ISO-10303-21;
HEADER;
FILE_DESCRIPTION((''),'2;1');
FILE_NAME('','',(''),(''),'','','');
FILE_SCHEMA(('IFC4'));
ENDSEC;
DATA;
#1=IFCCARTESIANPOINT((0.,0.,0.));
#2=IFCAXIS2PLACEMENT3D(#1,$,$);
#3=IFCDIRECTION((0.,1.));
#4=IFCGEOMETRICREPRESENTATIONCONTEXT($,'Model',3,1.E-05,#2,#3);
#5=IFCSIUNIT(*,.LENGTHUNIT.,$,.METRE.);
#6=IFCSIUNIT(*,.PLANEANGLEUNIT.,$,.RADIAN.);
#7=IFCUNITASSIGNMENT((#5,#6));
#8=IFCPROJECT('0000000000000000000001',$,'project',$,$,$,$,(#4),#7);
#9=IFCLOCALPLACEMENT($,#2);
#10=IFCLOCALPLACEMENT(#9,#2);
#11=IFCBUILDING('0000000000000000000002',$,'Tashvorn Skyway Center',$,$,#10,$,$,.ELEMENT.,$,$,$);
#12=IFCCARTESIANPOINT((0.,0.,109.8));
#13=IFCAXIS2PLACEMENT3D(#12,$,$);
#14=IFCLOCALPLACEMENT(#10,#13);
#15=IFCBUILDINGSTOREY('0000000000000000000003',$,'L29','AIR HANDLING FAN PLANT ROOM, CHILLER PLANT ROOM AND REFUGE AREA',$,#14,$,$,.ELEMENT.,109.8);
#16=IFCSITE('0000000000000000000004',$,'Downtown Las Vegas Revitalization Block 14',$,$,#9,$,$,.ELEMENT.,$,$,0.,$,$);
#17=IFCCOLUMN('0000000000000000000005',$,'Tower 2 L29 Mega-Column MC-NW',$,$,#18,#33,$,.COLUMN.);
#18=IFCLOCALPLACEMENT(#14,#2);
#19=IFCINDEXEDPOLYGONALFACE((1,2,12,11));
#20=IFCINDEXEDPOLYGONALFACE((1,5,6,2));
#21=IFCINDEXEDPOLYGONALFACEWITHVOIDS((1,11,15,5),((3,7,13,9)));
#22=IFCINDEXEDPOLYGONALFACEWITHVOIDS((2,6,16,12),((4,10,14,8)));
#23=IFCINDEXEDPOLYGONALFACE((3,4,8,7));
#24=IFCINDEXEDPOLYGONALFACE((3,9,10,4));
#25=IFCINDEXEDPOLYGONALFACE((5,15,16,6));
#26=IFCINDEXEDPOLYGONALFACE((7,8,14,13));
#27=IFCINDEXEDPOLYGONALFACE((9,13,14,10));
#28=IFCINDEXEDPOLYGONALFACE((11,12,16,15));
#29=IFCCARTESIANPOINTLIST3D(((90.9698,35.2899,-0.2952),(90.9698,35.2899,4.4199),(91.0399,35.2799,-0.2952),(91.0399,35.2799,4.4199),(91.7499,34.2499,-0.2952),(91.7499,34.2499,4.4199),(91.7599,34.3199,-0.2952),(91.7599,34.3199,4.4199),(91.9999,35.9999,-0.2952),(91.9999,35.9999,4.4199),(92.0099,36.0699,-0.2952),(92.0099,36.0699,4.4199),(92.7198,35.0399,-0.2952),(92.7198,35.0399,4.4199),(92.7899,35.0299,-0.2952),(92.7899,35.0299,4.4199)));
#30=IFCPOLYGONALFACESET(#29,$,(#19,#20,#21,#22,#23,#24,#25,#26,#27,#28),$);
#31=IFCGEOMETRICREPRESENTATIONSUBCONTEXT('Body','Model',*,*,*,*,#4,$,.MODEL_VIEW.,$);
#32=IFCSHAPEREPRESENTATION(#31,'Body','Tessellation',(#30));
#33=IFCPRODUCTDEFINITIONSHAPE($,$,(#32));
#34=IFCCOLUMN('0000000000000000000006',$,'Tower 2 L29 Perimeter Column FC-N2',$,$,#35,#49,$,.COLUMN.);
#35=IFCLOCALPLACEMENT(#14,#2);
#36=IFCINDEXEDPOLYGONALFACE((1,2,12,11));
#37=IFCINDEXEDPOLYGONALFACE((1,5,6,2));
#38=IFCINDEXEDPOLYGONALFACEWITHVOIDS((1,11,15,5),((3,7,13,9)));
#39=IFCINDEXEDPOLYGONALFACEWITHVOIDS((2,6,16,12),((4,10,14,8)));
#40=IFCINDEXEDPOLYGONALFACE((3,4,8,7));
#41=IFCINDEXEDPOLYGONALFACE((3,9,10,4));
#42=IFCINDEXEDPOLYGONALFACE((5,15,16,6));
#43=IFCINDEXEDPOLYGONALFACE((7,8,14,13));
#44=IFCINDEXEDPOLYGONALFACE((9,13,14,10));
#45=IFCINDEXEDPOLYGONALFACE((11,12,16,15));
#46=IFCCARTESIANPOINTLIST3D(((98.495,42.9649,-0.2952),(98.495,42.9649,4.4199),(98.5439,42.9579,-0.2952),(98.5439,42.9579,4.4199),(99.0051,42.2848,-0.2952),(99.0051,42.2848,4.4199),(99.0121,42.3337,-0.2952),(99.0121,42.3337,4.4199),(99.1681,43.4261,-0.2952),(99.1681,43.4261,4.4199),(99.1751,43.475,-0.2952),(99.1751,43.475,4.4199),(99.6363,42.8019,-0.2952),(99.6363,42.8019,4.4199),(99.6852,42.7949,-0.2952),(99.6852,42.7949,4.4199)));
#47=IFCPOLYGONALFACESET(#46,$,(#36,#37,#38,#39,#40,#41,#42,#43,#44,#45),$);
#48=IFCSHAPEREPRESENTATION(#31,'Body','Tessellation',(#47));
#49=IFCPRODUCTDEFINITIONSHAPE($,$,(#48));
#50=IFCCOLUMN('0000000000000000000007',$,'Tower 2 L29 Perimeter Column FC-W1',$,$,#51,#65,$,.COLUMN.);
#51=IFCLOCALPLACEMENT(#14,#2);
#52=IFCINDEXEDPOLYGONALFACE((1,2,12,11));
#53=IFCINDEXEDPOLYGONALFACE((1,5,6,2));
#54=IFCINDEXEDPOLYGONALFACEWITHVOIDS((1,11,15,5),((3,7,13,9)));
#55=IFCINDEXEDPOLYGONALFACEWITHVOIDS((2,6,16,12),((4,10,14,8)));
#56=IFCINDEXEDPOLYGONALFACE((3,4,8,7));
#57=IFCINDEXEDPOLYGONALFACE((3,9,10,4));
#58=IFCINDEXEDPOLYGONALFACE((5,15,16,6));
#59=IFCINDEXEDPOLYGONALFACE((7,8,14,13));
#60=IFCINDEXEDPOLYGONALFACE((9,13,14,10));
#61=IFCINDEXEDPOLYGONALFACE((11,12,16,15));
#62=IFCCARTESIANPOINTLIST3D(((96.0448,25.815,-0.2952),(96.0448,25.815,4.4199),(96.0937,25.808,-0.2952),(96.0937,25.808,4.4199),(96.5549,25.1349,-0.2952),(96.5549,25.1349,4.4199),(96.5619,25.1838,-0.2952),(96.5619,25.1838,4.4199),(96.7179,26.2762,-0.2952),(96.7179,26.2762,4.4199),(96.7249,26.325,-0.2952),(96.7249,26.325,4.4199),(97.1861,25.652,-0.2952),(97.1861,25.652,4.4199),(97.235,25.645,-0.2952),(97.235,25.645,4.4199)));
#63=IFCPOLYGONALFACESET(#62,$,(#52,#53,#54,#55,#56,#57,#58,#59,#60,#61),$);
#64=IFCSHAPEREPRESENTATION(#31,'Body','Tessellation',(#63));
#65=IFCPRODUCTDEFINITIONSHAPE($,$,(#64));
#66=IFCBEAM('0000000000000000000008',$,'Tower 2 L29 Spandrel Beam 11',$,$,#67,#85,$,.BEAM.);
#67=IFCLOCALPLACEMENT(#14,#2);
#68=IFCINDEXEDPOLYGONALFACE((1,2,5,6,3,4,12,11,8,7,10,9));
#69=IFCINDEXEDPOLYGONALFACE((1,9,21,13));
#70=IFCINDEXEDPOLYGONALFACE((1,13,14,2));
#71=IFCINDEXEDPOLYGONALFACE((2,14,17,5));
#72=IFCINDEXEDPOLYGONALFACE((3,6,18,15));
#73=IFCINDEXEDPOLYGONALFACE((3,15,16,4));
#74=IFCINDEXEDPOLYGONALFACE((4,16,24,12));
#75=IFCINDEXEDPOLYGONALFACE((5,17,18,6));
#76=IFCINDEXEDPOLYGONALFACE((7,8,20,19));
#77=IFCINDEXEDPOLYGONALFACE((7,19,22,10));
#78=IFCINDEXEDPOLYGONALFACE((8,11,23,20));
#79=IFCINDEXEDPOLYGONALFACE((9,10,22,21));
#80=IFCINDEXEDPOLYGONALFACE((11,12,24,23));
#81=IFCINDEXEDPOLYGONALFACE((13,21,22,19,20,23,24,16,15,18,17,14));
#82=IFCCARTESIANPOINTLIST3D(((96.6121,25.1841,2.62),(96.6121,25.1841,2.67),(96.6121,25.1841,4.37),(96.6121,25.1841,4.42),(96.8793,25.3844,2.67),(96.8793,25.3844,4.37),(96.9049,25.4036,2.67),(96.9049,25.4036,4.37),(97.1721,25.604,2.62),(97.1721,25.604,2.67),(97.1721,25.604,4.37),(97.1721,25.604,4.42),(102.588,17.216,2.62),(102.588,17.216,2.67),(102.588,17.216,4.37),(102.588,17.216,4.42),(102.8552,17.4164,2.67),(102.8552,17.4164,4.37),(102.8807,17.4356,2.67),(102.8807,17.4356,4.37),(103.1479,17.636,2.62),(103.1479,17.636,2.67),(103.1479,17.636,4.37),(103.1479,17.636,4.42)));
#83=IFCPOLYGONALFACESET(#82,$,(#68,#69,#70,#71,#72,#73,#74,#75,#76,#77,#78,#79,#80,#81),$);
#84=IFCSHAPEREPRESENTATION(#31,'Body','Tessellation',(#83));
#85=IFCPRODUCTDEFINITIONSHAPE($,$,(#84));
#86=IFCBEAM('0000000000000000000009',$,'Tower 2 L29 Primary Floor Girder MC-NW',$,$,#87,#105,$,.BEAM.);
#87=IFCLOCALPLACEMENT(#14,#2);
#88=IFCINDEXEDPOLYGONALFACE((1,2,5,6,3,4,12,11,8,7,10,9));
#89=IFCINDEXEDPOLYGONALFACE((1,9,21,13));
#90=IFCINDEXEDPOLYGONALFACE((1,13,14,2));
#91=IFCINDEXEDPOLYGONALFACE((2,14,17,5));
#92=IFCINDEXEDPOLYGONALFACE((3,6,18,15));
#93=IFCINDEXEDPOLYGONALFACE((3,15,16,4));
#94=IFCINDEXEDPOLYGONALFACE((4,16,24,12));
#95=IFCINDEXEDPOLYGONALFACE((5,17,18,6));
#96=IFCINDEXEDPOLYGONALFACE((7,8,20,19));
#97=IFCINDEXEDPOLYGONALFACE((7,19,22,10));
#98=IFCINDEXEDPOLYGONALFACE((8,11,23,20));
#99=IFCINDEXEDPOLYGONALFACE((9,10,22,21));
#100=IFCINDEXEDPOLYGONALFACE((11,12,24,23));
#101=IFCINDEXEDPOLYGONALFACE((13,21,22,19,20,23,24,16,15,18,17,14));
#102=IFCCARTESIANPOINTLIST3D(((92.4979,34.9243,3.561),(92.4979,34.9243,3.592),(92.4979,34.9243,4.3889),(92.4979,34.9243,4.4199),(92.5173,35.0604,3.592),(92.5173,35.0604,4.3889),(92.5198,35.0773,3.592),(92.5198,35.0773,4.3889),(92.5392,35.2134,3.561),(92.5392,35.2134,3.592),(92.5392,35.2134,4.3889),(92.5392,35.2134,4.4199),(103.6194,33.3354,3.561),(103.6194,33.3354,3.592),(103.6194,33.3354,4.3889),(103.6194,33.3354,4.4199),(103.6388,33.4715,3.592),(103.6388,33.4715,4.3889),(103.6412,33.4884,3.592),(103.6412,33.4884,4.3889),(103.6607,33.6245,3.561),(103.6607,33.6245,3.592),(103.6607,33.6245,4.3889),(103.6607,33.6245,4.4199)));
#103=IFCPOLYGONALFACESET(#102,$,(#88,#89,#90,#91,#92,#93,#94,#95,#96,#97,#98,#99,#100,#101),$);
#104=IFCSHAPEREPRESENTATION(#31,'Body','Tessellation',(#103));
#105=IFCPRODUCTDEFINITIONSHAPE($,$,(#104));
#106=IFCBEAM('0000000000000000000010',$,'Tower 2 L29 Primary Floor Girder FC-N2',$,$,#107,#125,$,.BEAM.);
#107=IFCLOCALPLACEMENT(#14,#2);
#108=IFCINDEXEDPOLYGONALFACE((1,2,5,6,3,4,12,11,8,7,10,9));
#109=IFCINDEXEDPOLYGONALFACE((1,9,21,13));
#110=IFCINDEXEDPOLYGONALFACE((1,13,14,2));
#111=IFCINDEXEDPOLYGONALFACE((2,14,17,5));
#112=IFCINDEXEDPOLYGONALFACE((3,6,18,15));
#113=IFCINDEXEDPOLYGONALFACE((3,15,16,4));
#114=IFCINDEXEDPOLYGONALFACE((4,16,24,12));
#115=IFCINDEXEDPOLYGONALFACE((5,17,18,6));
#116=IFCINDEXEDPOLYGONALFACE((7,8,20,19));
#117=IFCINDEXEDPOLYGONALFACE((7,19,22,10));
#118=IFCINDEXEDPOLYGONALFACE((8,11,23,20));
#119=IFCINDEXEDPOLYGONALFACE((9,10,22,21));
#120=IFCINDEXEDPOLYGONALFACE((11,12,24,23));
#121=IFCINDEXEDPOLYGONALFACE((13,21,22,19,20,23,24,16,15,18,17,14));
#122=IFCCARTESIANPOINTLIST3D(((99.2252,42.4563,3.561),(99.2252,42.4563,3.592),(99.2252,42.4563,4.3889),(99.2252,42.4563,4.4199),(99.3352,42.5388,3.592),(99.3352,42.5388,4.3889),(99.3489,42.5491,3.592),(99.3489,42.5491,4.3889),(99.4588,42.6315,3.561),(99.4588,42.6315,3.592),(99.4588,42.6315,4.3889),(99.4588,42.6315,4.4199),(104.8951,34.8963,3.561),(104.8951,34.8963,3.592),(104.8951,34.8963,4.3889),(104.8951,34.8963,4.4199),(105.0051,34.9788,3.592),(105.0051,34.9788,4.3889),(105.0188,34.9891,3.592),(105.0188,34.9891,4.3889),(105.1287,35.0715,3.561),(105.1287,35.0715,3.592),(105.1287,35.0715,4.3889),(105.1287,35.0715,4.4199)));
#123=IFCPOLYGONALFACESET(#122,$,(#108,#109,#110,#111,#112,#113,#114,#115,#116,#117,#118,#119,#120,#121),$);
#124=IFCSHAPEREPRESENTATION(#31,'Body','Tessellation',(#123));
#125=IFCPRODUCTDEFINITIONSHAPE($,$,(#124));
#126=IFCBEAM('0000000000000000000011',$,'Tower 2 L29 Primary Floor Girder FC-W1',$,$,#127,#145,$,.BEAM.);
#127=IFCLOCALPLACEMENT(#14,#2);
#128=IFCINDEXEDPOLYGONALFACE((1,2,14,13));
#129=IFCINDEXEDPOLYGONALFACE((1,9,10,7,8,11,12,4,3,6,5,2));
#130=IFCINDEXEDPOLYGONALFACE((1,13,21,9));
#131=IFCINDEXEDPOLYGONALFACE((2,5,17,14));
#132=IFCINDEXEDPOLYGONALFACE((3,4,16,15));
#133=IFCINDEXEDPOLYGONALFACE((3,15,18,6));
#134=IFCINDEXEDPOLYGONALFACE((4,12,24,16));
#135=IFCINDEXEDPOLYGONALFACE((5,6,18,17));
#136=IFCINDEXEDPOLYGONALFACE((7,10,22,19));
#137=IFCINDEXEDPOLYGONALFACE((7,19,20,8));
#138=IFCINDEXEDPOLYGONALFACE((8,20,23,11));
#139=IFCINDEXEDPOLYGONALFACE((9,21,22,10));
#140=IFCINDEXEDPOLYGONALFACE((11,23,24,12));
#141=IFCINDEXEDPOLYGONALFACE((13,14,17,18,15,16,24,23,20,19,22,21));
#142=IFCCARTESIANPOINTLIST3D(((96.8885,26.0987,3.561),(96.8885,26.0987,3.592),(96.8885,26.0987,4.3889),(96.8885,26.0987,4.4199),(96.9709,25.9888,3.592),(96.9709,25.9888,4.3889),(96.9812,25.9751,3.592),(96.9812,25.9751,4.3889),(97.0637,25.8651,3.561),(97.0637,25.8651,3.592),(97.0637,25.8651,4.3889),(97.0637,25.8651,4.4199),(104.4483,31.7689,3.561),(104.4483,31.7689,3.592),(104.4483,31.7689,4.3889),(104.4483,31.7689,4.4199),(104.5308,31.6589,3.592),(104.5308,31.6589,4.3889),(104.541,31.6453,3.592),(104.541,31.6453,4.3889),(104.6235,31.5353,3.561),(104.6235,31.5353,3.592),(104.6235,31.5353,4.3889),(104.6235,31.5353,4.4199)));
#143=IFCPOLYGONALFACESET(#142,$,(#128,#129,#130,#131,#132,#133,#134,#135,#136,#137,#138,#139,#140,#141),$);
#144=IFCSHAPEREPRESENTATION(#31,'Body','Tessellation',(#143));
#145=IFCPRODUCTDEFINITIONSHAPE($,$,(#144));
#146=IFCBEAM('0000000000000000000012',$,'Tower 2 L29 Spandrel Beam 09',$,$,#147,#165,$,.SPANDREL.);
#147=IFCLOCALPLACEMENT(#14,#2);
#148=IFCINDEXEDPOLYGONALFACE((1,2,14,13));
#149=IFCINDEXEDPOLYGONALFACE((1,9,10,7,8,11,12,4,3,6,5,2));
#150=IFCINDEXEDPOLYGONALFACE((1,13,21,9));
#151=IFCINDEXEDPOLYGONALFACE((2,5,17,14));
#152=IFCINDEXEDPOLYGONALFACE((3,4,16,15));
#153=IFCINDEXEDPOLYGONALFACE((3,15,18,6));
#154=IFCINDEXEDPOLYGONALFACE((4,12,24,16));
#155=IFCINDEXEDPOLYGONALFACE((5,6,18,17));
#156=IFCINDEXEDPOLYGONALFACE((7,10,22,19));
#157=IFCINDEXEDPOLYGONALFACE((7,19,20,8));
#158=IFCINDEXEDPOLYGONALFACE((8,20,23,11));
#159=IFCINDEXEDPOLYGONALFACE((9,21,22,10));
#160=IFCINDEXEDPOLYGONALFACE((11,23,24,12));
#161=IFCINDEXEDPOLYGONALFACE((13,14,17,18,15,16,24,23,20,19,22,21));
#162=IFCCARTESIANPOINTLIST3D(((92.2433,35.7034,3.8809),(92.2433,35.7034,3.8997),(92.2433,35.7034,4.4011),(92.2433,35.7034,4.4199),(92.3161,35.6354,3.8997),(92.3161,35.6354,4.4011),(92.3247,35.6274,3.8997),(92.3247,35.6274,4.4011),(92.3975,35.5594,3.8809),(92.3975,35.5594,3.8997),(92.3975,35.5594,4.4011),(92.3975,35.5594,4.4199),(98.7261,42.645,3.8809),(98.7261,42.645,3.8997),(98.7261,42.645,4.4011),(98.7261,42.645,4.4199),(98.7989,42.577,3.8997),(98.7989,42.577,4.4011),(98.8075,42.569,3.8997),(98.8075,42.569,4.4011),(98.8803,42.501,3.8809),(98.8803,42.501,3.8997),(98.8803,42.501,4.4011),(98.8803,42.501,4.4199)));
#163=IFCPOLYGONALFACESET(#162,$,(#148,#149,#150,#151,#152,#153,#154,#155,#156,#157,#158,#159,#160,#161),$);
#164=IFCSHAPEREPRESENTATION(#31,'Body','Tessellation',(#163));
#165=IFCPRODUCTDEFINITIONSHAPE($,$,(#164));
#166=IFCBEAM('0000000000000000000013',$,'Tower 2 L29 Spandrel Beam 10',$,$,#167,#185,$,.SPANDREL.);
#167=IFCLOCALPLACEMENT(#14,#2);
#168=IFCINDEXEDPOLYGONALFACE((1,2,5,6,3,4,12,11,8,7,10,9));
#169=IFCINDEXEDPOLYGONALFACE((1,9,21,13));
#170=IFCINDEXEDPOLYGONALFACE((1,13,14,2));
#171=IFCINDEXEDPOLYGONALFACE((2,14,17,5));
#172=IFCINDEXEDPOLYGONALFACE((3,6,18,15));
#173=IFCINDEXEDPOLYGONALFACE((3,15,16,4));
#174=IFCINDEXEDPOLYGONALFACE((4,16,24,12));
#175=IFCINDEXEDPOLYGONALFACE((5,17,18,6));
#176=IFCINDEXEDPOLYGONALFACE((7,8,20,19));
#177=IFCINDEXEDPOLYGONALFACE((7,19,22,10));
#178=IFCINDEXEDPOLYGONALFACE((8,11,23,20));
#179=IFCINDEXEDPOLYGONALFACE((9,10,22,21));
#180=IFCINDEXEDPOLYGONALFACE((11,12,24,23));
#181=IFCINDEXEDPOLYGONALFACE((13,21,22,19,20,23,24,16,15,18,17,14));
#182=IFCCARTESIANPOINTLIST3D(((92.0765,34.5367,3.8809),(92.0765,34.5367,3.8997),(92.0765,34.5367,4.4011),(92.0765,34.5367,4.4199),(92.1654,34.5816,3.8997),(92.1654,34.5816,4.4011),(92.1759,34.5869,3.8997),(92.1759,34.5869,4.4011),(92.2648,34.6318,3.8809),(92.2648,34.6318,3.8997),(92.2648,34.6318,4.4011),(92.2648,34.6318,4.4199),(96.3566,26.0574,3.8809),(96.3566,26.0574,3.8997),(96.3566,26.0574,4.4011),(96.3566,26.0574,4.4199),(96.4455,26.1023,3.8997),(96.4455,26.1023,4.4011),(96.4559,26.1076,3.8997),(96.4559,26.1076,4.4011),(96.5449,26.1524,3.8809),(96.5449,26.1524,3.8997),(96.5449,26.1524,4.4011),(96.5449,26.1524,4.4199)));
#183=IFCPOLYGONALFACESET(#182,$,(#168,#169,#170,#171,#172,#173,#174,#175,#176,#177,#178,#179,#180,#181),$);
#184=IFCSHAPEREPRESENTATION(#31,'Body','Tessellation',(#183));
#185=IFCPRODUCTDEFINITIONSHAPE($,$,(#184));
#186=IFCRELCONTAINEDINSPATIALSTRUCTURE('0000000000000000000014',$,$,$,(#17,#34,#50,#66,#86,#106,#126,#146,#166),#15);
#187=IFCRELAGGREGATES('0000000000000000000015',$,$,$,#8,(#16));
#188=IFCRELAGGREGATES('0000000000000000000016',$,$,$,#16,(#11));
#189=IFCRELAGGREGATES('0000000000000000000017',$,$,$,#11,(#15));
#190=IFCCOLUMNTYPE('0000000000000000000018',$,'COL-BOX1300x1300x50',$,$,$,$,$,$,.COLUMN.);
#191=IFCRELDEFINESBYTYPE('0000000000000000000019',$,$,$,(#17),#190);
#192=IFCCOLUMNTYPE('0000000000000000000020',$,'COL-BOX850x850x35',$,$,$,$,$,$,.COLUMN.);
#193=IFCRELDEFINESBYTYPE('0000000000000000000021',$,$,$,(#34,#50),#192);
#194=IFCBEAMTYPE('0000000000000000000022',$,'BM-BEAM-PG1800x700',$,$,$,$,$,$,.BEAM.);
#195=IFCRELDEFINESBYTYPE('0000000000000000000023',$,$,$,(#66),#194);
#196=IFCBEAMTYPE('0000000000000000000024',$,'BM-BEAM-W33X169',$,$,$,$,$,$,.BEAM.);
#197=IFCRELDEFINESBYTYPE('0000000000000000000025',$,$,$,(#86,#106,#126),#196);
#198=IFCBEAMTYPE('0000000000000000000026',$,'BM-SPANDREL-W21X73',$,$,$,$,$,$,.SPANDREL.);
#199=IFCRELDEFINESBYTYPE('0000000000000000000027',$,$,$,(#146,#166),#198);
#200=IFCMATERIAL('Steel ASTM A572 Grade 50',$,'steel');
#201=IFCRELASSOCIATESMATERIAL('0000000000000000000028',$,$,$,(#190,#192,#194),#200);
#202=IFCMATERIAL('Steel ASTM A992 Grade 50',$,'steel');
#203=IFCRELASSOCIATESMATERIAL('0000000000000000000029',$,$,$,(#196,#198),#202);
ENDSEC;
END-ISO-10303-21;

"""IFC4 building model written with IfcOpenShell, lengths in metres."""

from ifc_helpers import new_model, si_unit, direction, frame, origin, origin_2d, place, context, subcontext, project, spatial, hollow_rectangle, i_section, extrude, material, material_profile, profile_set, type_object, element, save


model = new_model("IFC4")

# Units and contexts
model_context = context("Model", 3, precision=1e-05, world=origin(), true_north=direction((0.0, 1.0)))
body_context = subcontext(model_context, "Body", "Model", "MODEL_VIEW")
ifc_project = project(units=[si_unit("LENGTHUNIT", "METRE"), si_unit("PLANEANGLEUNIT", "RADIAN")], contexts=[model_context])

# Site, building, storey
site_placement = place(None, origin())
site = spatial("IfcSite", under=ifc_project, at=site_placement, Name="Downtown Las Vegas Revitalization Block 14", CompositionType="ELEMENT", RefElevation=0.0)
building_placement = place(site_placement, origin())
building = spatial("IfcBuilding", under=site, at=building_placement, Name="Tashvorn Skyway Center", CompositionType="ELEMENT")
storey_placement = place(building_placement, frame((0.0, 0.0, 109.8)))
storey = spatial("IfcBuildingStorey", under=building, at=storey_placement, Name="L29", Description="AIR HANDLING FAN PLANT ROOM, CHILLER PLANT ROOM AND REFUGE AREA", CompositionType="ELEMENT", Elevation=109.8)

# Columns
ifc_material_1 = material(Name="Steel ASTM A572 Grade 50", Category="steel")
ifc_material_profile_1 = material_profile(ifc_material_1, hollow_rectangle(XDim=1.3, YDim=1.3, WallThickness=0.05, at=origin_2d()), Name="BOX1300x1300x50")
ifc_profile_set_1 = profile_set([ifc_material_profile_1], Name="Steel ASTM A572 Grade 50")
column_type_1 = type_object("IfcColumnType", Name="COL-BOX1300x1300x50", PredefinedType="COLUMN", material=ifc_profile_set_1)
column_placement = place(storey_placement, frame((91.8799, 35.1599, -0.2952), z_axis=(0.0, 0.0, 1.0), x_axis=(0.8, 0.6, 0.0)))
element("IfcColumn", 1, at=column_placement, inside=storey, type_object=column_type_1, Name="Tower 2 L29 Mega-Column MC-NW", PredefinedType="COLUMN", context=body_context, shape_type="SweptSolid", body=[
    extrude(hollow_rectangle(XDim=1.3, YDim=1.3, WallThickness=0.05, at=origin_2d()), origin(), (0.0, 0.0, 1.0), 4.7151),
])
ifc_material_profile_2 = material_profile(ifc_material_1, hollow_rectangle(XDim=0.8501, YDim=0.8501, WallThickness=0.0349, at=origin_2d()), Name="BOX850x850x35")
ifc_profile_set_2 = profile_set([ifc_material_profile_2], Name="Steel ASTM A572 Grade 50")
column_type_2 = type_object("IfcColumnType", Name="COL-BOX850x850x35", PredefinedType="COLUMN", material=ifc_profile_set_2)
for number, where, z_axis, x_axis, name in (
    (2, (99.0901, 42.8799, -0.2952), (0.0, 0.0, 1.0), (0.8, 0.6, 0.0), "Tower 2 L29 Perimeter Column FC-N2"),
    (3, (96.6399, 25.73, -0.2952), (0.0, 0.0, 1.0), (0.8, 0.6, 0.0), "Tower 2 L29 Perimeter Column FC-W1"),
):
    element("IfcColumn", number, at=place(storey_placement, frame(where, z_axis=z_axis, x_axis=x_axis)), inside=storey, type_object=column_type_2, Name=name, PredefinedType="COLUMN", context=body_context, shape_type="SweptSolid", body=[
        extrude(hollow_rectangle(XDim=0.8501, YDim=0.8501, WallThickness=0.0349, at=origin_2d()), origin(), (0.0, 0.0, 1.0), 4.7151),
    ])

# Beams
ifc_material_profile_3 = material_profile(ifc_material_1, i_section(OverallWidth=0.7, OverallDepth=1.8, WebThickness=0.032, FlangeThickness=0.05, at=origin_2d()), Name="PG1800x700")
ifc_profile_set_3 = profile_set([ifc_material_profile_3], Name="Steel ASTM A572 Grade 50")
beam_type_1 = type_object("IfcBeamType", Name="BM-BEAM-PG1800x700", PredefinedType="BEAM", material=ifc_profile_set_3)
beam_1_placement = place(storey_placement, frame((96.8921, 25.394, 3.52), z_axis=(0.599988, -0.800009, 0.0), x_axis=(0.800009, 0.599988, 0.0)))
element("IfcBeam", 4, at=beam_1_placement, inside=storey, type_object=beam_type_1, Name="Tower 2 L29 Spandrel Beam 11", PredefinedType="BEAM", context=body_context, shape_type="SweptSolid", body=[
    extrude(i_section(OverallWidth=0.7, OverallDepth=1.8, WebThickness=0.032, FlangeThickness=0.05, at=origin_2d()), origin(), (0.0, 0.0, 1.0), 9.96),
])
ifc_material_2 = material(Name="Steel ASTM A992 Grade 50", Category="steel")
ifc_material_profile_4 = material_profile(ifc_material_2, i_section(OverallWidth=0.292, OverallDepth=0.8589, WebThickness=0.0171, FlangeThickness=0.031, at=origin_2d()), Name="W33X169")
ifc_profile_set_4 = profile_set([ifc_material_profile_4], Name="Steel ASTM A992 Grade 50")
beam_type_2 = type_object("IfcBeamType", Name="BM-BEAM-W33X169", PredefinedType="BEAM", material=ifc_profile_set_4)
beam_2_placement = place(storey_placement, frame((92.5186, 35.0688, 3.9905), z_axis=(0.989948, -0.14143, 0.0), x_axis=(0.14143, 0.989948, 0.0)))
element("IfcBeam", 5, at=beam_2_placement, inside=storey, type_object=beam_type_2, Name="Tower 2 L29 Primary Floor Girder MC-NW", PredefinedType="BEAM", context=body_context, shape_type="SweptSolid", body=[
    extrude(i_section(OverallWidth=0.292, OverallDepth=0.8589, WebThickness=0.0171, FlangeThickness=0.031, at=origin_2d()), origin(), (0.0, 0.0, 1.0), 11.2344),
])
for number, where, z_axis, x_axis, name in (
    (6, (99.342, 42.5439, 3.9905), (0.599992, -0.800006, 0.0), (0.800006, 0.599992, 0.0), "Tower 2 L29 Primary Floor Girder FC-N2"),
    (7, (96.9761, 25.9819, 3.9905), (0.799984, 0.600021, 0.0), (-0.600021, 0.799984, 0.0), "Tower 2 L29 Primary Floor Girder FC-W1"),
):
    element("IfcBeam", number, at=place(storey_placement, frame(where, z_axis=z_axis, x_axis=x_axis)), inside=storey, type_object=beam_type_2, Name=name, PredefinedType="BEAM", context=body_context, shape_type="SweptSolid", body=[
        extrude(i_section(OverallWidth=0.292, OverallDepth=0.8589, WebThickness=0.0171, FlangeThickness=0.031, at=origin_2d()), origin(), (0.0, 0.0, 1.0), 9.45),
    ])
ifc_material_profile_5 = material_profile(ifc_material_2, i_section(OverallWidth=0.2109, OverallDepth=0.5391, WebThickness=0.0117, FlangeThickness=0.0188, at=origin_2d()), Name="W21X73")
ifc_profile_set_5 = profile_set([ifc_material_profile_5], Name="Steel ASTM A992 Grade 50")
beam_type_3 = type_object("IfcBeamType", Name="BM-SPANDREL-W21X73", PredefinedType="SPANDREL", material=ifc_profile_set_5)
beam_3_placement = place(storey_placement, frame((98.8032, 42.573, 4.1504), z_axis=(-0.682545, -0.730843, 0.0), x_axis=(0.730843, -0.682545, 0.0)))
element("IfcBeam", 8, at=beam_3_placement, inside=storey, type_object=beam_type_3, Name="Tower 2 L29 Spandrel Beam 09", PredefinedType="SPANDREL", context=body_context, shape_type="SweptSolid", body=[
    extrude(i_section(OverallWidth=0.2109, OverallDepth=0.5391, WebThickness=0.0117, FlangeThickness=0.0188, at=origin_2d()), origin(), (0.0, 0.0, 1.0), 9.498),
])
beam_4_placement = place(storey_placement, frame((92.1707, 34.5842, 4.1504), z_axis=(0.450614, -0.892719, 0.0), x_axis=(0.892719, 0.450614, 0.0)))
element("IfcBeam", 9, at=beam_4_placement, inside=storey, type_object=beam_type_3, Name="Tower 2 L29 Spandrel Beam 10", PredefinedType="SPANDREL", context=body_context, shape_type="SweptSolid", body=[
    extrude(i_section(OverallWidth=0.2109, OverallDepth=0.5391, WebThickness=0.0117, FlangeThickness=0.0188, at=origin_2d()), origin(), (0.0, 0.0, 1.0), 9.4983),
])

save(model, "model.ifc")
